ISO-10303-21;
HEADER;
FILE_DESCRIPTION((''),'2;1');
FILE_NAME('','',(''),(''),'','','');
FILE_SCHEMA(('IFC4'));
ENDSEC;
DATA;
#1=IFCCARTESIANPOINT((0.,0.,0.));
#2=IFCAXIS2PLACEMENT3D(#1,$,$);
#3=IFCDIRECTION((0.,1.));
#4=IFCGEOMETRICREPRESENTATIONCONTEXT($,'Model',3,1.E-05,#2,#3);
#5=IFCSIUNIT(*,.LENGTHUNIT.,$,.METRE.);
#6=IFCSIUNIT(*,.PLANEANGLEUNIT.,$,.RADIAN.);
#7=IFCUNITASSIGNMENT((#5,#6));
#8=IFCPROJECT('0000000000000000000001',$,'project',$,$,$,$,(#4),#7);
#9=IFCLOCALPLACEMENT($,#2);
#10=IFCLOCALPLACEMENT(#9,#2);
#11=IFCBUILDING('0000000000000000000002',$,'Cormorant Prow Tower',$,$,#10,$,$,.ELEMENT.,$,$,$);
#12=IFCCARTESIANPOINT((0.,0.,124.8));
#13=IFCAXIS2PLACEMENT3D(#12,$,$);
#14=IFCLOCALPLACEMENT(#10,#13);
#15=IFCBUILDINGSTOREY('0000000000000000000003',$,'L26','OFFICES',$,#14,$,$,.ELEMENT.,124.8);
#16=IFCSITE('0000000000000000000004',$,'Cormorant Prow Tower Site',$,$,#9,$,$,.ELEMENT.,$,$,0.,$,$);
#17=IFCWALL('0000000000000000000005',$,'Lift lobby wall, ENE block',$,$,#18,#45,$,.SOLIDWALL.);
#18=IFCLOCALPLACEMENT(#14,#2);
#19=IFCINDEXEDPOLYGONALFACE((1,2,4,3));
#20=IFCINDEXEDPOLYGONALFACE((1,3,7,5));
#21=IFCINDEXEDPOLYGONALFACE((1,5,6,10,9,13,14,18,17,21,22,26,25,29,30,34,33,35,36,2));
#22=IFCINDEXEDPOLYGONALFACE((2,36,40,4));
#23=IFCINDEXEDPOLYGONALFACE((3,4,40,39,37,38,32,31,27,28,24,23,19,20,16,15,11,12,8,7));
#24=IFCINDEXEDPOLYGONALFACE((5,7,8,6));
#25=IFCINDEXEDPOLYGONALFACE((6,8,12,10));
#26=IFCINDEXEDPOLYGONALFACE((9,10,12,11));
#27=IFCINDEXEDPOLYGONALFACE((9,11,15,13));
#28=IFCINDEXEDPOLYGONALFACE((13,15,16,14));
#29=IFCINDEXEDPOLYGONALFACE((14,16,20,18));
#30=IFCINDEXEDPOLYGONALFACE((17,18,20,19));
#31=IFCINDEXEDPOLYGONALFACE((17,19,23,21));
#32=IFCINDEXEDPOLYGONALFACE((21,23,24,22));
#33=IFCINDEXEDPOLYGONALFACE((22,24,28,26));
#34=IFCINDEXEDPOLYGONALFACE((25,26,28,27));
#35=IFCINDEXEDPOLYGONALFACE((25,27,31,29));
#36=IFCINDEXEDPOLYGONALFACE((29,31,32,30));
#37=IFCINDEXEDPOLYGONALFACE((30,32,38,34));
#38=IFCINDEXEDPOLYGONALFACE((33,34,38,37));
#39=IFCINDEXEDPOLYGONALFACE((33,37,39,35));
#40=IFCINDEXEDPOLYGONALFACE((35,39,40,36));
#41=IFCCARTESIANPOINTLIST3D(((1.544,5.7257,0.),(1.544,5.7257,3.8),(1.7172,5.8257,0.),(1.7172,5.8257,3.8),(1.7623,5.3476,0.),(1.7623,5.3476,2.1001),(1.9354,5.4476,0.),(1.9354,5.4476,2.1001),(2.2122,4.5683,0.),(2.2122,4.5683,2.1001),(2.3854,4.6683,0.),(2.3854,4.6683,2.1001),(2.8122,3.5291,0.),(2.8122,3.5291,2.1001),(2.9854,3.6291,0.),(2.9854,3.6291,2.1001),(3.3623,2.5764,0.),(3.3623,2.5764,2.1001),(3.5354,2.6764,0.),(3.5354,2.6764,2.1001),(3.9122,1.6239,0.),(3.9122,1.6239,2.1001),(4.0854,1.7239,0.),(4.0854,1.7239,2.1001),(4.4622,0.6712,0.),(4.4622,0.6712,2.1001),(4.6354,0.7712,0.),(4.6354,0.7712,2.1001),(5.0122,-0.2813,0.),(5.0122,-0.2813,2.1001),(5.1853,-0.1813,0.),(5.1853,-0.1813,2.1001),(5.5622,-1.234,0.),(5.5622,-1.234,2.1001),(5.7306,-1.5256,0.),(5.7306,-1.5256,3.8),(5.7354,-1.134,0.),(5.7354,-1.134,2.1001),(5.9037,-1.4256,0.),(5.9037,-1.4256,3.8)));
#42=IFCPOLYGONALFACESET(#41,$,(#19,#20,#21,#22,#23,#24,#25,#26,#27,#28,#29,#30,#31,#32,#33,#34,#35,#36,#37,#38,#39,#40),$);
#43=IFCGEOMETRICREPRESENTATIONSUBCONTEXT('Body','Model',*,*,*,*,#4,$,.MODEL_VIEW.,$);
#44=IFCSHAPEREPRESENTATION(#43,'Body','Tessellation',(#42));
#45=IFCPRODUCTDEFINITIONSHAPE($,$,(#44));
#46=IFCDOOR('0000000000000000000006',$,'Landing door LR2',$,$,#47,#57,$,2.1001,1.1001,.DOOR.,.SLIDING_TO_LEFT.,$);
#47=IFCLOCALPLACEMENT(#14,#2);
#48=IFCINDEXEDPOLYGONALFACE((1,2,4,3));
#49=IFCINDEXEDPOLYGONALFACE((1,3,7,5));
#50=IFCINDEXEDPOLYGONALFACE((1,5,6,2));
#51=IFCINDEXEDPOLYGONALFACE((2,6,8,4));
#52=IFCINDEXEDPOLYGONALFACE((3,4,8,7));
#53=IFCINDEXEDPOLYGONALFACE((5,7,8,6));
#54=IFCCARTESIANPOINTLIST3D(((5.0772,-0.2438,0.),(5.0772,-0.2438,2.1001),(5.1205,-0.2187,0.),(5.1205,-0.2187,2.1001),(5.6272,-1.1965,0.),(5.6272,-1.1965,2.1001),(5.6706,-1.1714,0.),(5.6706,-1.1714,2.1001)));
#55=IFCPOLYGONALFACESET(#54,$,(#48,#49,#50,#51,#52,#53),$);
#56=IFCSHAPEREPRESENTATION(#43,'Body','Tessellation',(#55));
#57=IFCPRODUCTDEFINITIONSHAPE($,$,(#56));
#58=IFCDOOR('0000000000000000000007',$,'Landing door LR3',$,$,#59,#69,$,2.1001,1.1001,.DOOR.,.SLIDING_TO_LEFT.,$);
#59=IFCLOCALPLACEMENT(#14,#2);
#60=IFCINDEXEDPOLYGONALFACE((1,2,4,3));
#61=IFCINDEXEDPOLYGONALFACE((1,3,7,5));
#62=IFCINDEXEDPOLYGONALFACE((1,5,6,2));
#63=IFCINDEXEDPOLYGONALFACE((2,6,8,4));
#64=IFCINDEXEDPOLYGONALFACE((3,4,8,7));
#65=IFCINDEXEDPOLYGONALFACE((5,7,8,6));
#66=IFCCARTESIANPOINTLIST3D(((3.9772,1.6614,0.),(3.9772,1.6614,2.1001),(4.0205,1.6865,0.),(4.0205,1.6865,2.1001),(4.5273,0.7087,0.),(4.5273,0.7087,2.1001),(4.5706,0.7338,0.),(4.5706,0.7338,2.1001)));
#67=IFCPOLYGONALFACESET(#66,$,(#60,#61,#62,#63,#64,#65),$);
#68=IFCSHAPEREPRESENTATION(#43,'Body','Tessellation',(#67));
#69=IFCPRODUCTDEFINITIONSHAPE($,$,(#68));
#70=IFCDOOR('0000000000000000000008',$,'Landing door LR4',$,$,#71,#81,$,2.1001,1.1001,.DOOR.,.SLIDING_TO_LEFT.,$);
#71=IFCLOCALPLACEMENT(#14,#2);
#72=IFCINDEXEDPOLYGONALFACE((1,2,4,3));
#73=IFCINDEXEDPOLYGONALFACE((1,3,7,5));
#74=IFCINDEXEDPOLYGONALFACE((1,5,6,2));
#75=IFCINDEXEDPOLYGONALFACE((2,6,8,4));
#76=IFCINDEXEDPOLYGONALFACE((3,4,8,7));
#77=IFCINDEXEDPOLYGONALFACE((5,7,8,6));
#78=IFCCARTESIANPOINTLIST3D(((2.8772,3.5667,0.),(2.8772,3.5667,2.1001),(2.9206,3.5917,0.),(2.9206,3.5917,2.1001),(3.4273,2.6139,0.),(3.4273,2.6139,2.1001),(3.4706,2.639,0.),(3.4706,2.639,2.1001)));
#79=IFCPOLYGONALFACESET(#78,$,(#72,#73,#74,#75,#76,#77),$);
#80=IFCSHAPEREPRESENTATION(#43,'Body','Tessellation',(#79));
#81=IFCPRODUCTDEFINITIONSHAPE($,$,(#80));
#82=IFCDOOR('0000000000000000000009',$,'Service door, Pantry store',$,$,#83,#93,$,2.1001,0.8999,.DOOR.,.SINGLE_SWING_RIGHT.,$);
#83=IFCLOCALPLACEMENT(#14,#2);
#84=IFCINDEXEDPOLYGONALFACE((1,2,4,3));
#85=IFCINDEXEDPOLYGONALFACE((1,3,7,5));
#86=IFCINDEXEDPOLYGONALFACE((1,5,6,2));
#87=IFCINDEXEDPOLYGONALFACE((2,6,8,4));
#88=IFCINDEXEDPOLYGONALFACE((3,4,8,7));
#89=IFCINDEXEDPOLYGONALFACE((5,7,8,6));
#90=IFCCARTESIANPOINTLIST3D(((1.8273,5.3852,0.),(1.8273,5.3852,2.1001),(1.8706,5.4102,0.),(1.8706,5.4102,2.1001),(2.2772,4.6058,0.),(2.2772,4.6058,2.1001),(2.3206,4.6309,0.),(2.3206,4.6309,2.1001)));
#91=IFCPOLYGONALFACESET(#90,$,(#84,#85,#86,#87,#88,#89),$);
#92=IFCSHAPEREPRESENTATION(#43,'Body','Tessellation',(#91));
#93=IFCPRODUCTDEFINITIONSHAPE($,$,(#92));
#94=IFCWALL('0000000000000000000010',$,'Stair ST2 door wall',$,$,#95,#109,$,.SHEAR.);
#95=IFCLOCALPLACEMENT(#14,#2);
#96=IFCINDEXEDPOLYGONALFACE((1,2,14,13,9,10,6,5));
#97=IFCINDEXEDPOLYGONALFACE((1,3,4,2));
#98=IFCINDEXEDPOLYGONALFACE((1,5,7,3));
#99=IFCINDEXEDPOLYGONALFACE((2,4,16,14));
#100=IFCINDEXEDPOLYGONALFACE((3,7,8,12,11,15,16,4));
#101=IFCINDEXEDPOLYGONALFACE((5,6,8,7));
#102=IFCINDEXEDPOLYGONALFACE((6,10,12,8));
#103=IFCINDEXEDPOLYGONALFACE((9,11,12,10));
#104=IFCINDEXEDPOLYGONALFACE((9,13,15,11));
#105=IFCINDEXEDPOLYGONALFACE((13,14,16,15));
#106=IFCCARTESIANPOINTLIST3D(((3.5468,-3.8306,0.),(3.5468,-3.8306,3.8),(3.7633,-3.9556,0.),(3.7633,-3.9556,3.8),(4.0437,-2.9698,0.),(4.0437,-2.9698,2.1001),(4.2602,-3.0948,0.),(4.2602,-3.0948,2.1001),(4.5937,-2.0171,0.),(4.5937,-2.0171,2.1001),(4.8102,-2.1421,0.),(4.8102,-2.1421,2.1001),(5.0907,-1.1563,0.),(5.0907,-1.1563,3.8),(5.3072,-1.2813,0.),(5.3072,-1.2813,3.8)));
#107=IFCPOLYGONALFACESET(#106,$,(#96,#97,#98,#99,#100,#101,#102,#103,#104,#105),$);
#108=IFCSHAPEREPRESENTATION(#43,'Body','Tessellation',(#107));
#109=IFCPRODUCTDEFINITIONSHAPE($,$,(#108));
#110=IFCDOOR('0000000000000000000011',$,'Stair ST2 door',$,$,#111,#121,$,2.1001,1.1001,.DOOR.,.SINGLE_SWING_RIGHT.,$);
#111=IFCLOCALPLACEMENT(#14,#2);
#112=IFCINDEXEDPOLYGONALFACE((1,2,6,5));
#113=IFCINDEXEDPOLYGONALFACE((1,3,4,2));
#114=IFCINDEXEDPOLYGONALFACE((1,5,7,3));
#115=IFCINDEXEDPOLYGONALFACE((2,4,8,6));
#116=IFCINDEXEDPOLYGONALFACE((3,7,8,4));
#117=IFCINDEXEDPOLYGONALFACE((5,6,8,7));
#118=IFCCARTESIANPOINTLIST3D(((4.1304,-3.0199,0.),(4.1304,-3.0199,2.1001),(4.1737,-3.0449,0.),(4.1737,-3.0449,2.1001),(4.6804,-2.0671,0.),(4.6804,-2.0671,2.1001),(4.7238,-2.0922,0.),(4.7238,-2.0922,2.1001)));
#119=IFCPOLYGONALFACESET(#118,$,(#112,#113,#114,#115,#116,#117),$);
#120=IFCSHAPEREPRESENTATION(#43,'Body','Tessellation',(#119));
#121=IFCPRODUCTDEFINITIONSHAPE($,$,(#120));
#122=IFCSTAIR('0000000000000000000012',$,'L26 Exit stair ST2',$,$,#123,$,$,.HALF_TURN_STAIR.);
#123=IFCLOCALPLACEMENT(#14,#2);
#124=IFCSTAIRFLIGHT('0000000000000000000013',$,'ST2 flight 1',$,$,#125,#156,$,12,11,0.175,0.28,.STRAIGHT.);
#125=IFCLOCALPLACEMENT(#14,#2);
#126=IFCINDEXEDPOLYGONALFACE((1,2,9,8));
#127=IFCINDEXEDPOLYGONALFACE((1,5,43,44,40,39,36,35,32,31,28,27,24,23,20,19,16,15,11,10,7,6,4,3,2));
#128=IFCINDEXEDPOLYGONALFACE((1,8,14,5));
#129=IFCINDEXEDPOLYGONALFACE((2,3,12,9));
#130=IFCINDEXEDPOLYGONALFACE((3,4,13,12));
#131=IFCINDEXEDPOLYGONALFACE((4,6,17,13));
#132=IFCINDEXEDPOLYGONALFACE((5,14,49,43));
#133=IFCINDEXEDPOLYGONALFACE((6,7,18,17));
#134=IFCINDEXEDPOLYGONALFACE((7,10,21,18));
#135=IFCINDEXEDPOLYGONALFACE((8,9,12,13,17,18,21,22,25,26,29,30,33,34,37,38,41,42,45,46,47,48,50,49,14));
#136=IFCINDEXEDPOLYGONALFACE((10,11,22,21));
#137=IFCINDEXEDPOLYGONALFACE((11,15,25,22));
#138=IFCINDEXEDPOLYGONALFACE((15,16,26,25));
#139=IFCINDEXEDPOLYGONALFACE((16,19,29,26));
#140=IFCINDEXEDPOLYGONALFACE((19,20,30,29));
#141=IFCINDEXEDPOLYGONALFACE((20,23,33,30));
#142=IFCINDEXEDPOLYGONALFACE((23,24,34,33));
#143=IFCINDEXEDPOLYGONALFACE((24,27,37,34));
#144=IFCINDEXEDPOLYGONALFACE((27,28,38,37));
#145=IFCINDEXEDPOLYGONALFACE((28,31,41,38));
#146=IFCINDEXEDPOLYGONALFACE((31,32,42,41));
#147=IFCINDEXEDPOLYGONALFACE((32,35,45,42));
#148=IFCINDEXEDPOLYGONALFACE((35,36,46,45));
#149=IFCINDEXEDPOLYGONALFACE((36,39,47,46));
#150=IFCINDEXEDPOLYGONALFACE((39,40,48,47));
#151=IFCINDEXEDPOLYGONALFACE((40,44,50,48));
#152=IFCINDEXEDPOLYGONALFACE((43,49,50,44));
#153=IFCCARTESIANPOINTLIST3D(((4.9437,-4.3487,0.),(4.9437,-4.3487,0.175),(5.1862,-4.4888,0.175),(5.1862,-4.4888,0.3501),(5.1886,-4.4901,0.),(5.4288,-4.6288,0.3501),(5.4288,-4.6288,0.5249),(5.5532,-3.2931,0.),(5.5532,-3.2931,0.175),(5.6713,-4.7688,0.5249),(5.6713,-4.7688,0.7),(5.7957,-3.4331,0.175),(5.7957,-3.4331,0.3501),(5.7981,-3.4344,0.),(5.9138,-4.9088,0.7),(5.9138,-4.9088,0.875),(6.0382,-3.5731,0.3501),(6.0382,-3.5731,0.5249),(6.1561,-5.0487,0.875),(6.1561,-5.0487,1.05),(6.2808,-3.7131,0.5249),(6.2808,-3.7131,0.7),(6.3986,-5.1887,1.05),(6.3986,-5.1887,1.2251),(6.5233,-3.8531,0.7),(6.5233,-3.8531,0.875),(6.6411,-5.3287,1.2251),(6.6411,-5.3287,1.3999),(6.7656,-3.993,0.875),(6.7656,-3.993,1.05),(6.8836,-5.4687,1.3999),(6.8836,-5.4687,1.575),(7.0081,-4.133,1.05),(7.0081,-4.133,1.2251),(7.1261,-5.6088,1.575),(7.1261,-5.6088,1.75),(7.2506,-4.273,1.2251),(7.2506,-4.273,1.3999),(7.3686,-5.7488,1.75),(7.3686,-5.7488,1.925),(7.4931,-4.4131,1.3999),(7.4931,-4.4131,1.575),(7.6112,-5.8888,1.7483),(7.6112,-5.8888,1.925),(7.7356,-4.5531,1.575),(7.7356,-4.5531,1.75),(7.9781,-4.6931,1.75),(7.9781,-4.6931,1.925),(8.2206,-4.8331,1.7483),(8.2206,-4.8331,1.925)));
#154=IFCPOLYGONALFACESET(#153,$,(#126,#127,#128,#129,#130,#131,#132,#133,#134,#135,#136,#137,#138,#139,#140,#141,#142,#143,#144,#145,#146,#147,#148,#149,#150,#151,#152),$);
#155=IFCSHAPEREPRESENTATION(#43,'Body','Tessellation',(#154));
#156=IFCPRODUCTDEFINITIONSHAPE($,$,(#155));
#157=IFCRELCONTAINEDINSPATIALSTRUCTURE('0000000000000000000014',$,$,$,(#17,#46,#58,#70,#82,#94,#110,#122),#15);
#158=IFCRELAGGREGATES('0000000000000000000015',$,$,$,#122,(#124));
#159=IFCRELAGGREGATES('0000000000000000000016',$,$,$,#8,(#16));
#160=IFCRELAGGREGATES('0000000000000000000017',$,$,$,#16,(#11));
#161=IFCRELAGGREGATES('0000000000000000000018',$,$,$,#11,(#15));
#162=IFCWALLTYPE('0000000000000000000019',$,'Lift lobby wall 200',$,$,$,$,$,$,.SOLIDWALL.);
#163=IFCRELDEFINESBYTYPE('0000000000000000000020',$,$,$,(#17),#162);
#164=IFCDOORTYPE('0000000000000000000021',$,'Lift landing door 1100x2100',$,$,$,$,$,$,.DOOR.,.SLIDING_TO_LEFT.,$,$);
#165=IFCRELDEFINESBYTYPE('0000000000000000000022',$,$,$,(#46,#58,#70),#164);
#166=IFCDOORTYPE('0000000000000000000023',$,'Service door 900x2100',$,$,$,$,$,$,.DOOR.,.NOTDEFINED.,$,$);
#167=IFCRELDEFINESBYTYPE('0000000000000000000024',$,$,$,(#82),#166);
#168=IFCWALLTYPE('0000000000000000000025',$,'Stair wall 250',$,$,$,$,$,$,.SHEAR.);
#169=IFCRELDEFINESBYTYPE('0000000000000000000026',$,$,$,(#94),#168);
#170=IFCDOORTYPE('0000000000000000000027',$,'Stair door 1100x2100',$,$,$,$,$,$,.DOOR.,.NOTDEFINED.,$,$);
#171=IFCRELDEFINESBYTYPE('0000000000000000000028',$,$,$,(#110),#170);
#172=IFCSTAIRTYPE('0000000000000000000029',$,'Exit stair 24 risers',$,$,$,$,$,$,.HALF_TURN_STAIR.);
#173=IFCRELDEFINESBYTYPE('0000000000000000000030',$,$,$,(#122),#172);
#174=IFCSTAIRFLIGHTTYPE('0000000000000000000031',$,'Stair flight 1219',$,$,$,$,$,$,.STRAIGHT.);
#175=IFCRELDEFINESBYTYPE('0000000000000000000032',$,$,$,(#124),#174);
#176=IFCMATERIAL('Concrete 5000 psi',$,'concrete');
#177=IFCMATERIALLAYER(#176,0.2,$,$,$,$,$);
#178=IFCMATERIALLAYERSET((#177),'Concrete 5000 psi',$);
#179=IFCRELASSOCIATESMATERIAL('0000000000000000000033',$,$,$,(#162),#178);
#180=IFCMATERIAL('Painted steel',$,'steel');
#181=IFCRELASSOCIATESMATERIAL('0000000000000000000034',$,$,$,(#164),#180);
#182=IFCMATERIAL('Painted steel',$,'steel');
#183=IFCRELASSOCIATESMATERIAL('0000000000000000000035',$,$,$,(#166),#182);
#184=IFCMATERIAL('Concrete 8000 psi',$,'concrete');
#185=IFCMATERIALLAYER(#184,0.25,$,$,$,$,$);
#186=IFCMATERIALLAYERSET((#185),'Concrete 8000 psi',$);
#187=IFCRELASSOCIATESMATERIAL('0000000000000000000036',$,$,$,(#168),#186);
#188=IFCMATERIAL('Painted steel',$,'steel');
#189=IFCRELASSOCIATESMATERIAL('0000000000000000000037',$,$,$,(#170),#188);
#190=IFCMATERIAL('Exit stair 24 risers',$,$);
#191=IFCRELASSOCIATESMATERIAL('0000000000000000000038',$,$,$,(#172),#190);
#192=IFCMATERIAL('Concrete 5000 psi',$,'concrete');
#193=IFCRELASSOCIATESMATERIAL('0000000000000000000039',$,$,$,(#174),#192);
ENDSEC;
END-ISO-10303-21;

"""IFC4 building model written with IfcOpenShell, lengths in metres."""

from ifc_helpers import new_model, si_unit, direction, frame, frame_2d, origin, place, context, subcontext, project, spatial, polyline, rectangle, outline, extrude, material, layer, layer_set, type_object, element, fill, aggregate, save


model = new_model("IFC4")

# Units and contexts
model_context = context("Model", 3, precision=1e-05, world=origin(), true_north=direction((0.0, 1.0)))
body_context = subcontext(model_context, "Body", "Model", "MODEL_VIEW")
ifc_project = project(units=[si_unit("LENGTHUNIT", "METRE"), si_unit("PLANEANGLEUNIT", "RADIAN")], contexts=[model_context])

# Site, building, storey
site_placement = place(None, origin())
site = spatial("IfcSite", under=ifc_project, at=site_placement, Name="Cormorant Prow Tower Site", CompositionType="ELEMENT", RefElevation=0.0)
building_placement = place(site_placement, origin())
building = spatial("IfcBuilding", under=site, at=building_placement, Name="Cormorant Prow Tower", CompositionType="ELEMENT")
storey_placement = place(building_placement, frame((0.0, 0.0, 124.8)))
storey = spatial("IfcBuildingStorey", under=building, at=storey_placement, Name="L26", Description="OFFICES", CompositionType="ELEMENT", Elevation=124.8)

# Wall, openings, doors
ifc_material_1 = material(Name="Concrete 5000 psi", Category="concrete")
ifc_layer_1 = layer(ifc_material_1, 0.2)
ifc_layer_set_1 = layer_set([ifc_layer_1], Name="Concrete 5000 psi")
wall_type_1 = type_object("IfcWallType", Name="Lift lobby wall 200", PredefinedType="SOLIDWALL", material=ifc_layer_set_1)
wall_1_placement = place(storey_placement, frame((5.8171, -1.4756, 0.0), z_axis=(0.0, 0.0, 1.0), x_axis=(-0.500003, 0.866024, 0.0)))
wall_1 = element("IfcWall", 1, at=wall_1_placement, inside=storey, type_object=wall_type_1, Name="Lift lobby wall, ENE block", PredefinedType="SOLIDWALL", context=body_context, shape_type="SweptSolid", body=[
    extrude(rectangle(XDim=8.373, YDim=0.2, at=frame_2d((4.1865, 0.0))), origin(), (0.0, 0.0, 1.0), 3.8),
])
opening_1_placement = place(wall_1_placement, frame((0.3367, 0.0, 0.0)))
opening_1 = element("IfcOpeningElement", 2, at=opening_1_placement, cuts=wall_1, PredefinedType="OPENING", context=body_context, shape_type="SweptSolid", body=[
    extrude(rectangle(XDim=1.1001, YDim=2.1001, at=frame_2d((0.55, 1.05))), frame((0.0, 0.1099, 0.0), z_axis=(0.0, -1.0, 0.0), x_axis=(1.0, 0.0, 0.0)), (0.0, 0.0, 1.0), 0.22),
])
opening_2_placement = place(wall_1_placement, frame((2.5366, 0.0, 0.0)))
opening_2 = element("IfcOpeningElement", 3, at=opening_2_placement, cuts=wall_1, PredefinedType="OPENING", context=body_context, shape_type="SweptSolid", body=[
    extrude(rectangle(XDim=1.1001, YDim=2.1001, at=frame_2d((0.55, 1.05))), frame((0.0, 0.1099, 0.0), z_axis=(0.0, -1.0, 0.0), x_axis=(1.0, 0.0, 0.0)), (0.0, 0.0, 1.0), 0.22),
])
opening_3_placement = place(wall_1_placement, frame((4.7366, 0.0, 0.0)))
opening_3 = element("IfcOpeningElement", 4, at=opening_3_placement, cuts=wall_1, PredefinedType="OPENING", context=body_context, shape_type="SweptSolid", body=[
    extrude(rectangle(XDim=1.1001, YDim=2.1001, at=frame_2d((0.55, 1.05))), frame((0.0, 0.1099, 0.0), z_axis=(0.0, -1.0, 0.0), x_axis=(1.0, 0.0, 0.0)), (0.0, 0.0, 1.0), 0.22),
])
opening_4_placement = place(wall_1_placement, frame((7.0366, 0.0, 0.0)))
opening_4 = element("IfcOpeningElement", 5, at=opening_4_placement, cuts=wall_1, PredefinedType="OPENING", context=body_context, shape_type="SweptSolid", body=[
    extrude(rectangle(XDim=0.8999, YDim=2.1001, at=frame_2d((0.45, 1.05))), frame((0.0, 0.1099, 0.0), z_axis=(0.0, -1.0, 0.0), x_axis=(1.0, 0.0, 0.0)), (0.0, 0.0, 1.0), 0.22),
])
ifc_material_2 = material(Name="Painted steel", Category="steel")
door_type_1 = type_object("IfcDoorType", Name="Lift landing door 1100x2100", OperationType="SLIDING_TO_LEFT", PredefinedType="DOOR", material=ifc_material_2)
door_1_placement = place(opening_1_placement, origin())
door_1 = element("IfcDoor", 6, at=door_1_placement, inside=storey, type_object=door_type_1, Name="Landing door LR2", OperationType="SLIDING_TO_LEFT", OverallHeight=2.1001, OverallWidth=1.1001, PredefinedType="DOOR", context=body_context, shape_type="SweptSolid", body=[
    extrude(rectangle(XDim=1.1001, YDim=2.1001, at=frame_2d((0.55, 1.05))), frame((0.0, 0.0249, 0.0), z_axis=(0.0, -1.0, 0.0), x_axis=(1.0, 0.0, 0.0)), (0.0, 0.0, 1.0), 0.05),
])
fill(opening_1, door_1)
door_2_placement = place(opening_2_placement, origin())
door_2 = element("IfcDoor", 7, at=door_2_placement, inside=storey, type_object=door_type_1, Name="Landing door LR3", OperationType="SLIDING_TO_LEFT", OverallHeight=2.1001, OverallWidth=1.1001, PredefinedType="DOOR", context=body_context, shape_type="SweptSolid", body=[
    extrude(rectangle(XDim=1.1001, YDim=2.1001, at=frame_2d((0.55, 1.05))), frame((0.0, 0.0249, 0.0), z_axis=(0.0, -1.0, 0.0), x_axis=(1.0, 0.0, 0.0)), (0.0, 0.0, 1.0), 0.05),
])
fill(opening_2, door_2)
door_3_placement = place(opening_3_placement, origin())
door_3 = element("IfcDoor", 8, at=door_3_placement, inside=storey, type_object=door_type_1, Name="Landing door LR4", OperationType="SLIDING_TO_LEFT", OverallHeight=2.1001, OverallWidth=1.1001, PredefinedType="DOOR", context=body_context, shape_type="SweptSolid", body=[
    extrude(rectangle(XDim=1.1001, YDim=2.1001, at=frame_2d((0.55, 1.05))), frame((0.0, 0.0249, 0.0), z_axis=(0.0, -1.0, 0.0), x_axis=(1.0, 0.0, 0.0)), (0.0, 0.0, 1.0), 0.05),
])
fill(opening_3, door_3)
ifc_material_3 = material(Name="Painted steel", Category="steel")
door_type_2 = type_object("IfcDoorType", Name="Service door 900x2100", OperationType="NOTDEFINED", PredefinedType="DOOR", material=ifc_material_3)
door_4_placement = place(opening_4_placement, origin())
door_4 = element("IfcDoor", 9, at=door_4_placement, inside=storey, type_object=door_type_2, Name="Service door, Pantry store", OperationType="SINGLE_SWING_RIGHT", OverallHeight=2.1001, OverallWidth=0.8999, PredefinedType="DOOR", context=body_context, shape_type="SweptSolid", body=[
    extrude(rectangle(XDim=0.8999, YDim=2.1001, at=frame_2d((0.45, 1.05))), frame((0.0, 0.0249, 0.0), z_axis=(0.0, -1.0, 0.0), x_axis=(1.0, 0.0, 0.0)), (0.0, 0.0, 1.0), 0.05),
])
fill(opening_4, door_4)

# Wall, opening, door
ifc_material_4 = material(Name="Concrete 8000 psi", Category="concrete")
ifc_layer_2 = layer(ifc_material_4, 0.25)
ifc_layer_set_2 = layer_set([ifc_layer_2], Name="Concrete 8000 psi")
wall_type_2 = type_object("IfcWallType", Name="Stair wall 250", PredefinedType="SHEAR", material=ifc_layer_set_2)
wall_2_placement = place(storey_placement, frame((3.655, -3.8931, 0.0), z_axis=(0.0, 0.0, 1.0), x_axis=(0.499983, 0.866035, 0.0)))
wall_2 = element("IfcWall", 10, at=wall_2_placement, inside=storey, type_object=wall_type_2, Name="Stair ST2 door wall", PredefinedType="SHEAR", context=body_context, shape_type="SweptSolid", body=[
    extrude(rectangle(XDim=3.0879, YDim=0.25, at=frame_2d((1.5439, 0.0))), origin(), (0.0, 0.0, 1.0), 3.8),
])
opening_5_placement = place(wall_2_placement, frame((0.9939, 0.0, 0.0)))
opening_5 = element("IfcOpeningElement", 11, at=opening_5_placement, cuts=wall_2, PredefinedType="OPENING", context=body_context, shape_type="SweptSolid", body=[
    extrude(rectangle(XDim=1.1001, YDim=2.1001, at=frame_2d((0.55, 1.05))), frame((0.0, 0.135, 0.0), z_axis=(0.0, -1.0, 0.0), x_axis=(1.0, 0.0, 0.0)), (0.0, 0.0, 1.0), 0.27),
])
ifc_material_5 = material(Name="Painted steel", Category="steel")
door_type_3 = type_object("IfcDoorType", Name="Stair door 1100x2100", OperationType="NOTDEFINED", PredefinedType="DOOR", material=ifc_material_5)
door_5_placement = place(opening_5_placement, origin())
door_5 = element("IfcDoor", 12, at=door_5_placement, inside=storey, type_object=door_type_3, Name="Stair ST2 door", OperationType="SINGLE_SWING_RIGHT", OverallHeight=2.1001, OverallWidth=1.1001, PredefinedType="DOOR", context=body_context, shape_type="SweptSolid", body=[
    extrude(rectangle(XDim=1.1001, YDim=2.1001, at=frame_2d((0.55, 1.05))), frame((0.0, 0.0249, 0.0), z_axis=(0.0, -1.0, 0.0), x_axis=(1.0, 0.0, 0.0)), (0.0, 0.0, 1.0), 0.05),
])
fill(opening_5, door_5)

# Stair, stair flight
ifc_material_6 = material(Name="Exit stair 24 risers")
stair_type = type_object("IfcStairType", Name="Exit stair 24 risers", PredefinedType="HALF_TURN_STAIR", material=ifc_material_6)
stair_placement = place(storey_placement, origin())
stair = element("IfcStair", 13, at=stair_placement, inside=storey, type_object=stair_type, Name="L26 Exit stair ST2", PredefinedType="HALF_TURN_STAIR")
ifc_material_7 = material(Name="Concrete 5000 psi", Category="concrete")
stair_flight_type = type_object("IfcStairFlightType", Name="Stair flight 1219", PredefinedType="STRAIGHT", material=ifc_material_7)
stair_flight_1_placement = place(storey_placement, frame((5.2485, -3.8208, 0.0), z_axis=(0.0, 0.0, 1.0), x_axis=(0.866025, -0.5, 0.0)))
stair_flight_1 = element("IfcStairFlight", 14, at=stair_flight_1_placement, type_object=stair_flight_type, Name="ST2 flight 1", NumberOfRisers=12, NumberOfTreads=11, PredefinedType="STRAIGHT", RiserHeight=0.175, TreadLength=0.28, context=body_context, shape_type="SweptSolid", body=[
    extrude(outline(polyline([(0.0, 0.0), (0.0, 0.175), (0.28, 0.175), (0.28, 0.3501), (0.5601, 0.3501), (0.5601, 0.5249), (0.8401, 0.5249), (0.8401, 0.7), (1.1201, 0.7), (1.1201, 0.875), (1.3999, 0.875), (1.3999, 1.05), (1.6799, 1.05), (1.6799, 1.2251), (1.96, 1.2251), (1.96, 1.3999), (2.24, 1.3999), (2.24, 1.575), (2.52, 1.575), (2.52, 1.75), (2.8, 1.75), (2.8, 1.925), (3.0801, 1.925), (3.0801, 2.1001), (3.0801, 1.7483), (0.2827, 0.0), (0.0, 0.0)])), frame((0.0, 0.6094, 0.0), z_axis=(0.0, -1.0, 0.0), x_axis=(1.0, 0.0, 0.0)), (0.0, 0.0, 1.0), 1.219),
])
aggregate(stair, [stair_flight_1])

save(model, "model.ifc")
